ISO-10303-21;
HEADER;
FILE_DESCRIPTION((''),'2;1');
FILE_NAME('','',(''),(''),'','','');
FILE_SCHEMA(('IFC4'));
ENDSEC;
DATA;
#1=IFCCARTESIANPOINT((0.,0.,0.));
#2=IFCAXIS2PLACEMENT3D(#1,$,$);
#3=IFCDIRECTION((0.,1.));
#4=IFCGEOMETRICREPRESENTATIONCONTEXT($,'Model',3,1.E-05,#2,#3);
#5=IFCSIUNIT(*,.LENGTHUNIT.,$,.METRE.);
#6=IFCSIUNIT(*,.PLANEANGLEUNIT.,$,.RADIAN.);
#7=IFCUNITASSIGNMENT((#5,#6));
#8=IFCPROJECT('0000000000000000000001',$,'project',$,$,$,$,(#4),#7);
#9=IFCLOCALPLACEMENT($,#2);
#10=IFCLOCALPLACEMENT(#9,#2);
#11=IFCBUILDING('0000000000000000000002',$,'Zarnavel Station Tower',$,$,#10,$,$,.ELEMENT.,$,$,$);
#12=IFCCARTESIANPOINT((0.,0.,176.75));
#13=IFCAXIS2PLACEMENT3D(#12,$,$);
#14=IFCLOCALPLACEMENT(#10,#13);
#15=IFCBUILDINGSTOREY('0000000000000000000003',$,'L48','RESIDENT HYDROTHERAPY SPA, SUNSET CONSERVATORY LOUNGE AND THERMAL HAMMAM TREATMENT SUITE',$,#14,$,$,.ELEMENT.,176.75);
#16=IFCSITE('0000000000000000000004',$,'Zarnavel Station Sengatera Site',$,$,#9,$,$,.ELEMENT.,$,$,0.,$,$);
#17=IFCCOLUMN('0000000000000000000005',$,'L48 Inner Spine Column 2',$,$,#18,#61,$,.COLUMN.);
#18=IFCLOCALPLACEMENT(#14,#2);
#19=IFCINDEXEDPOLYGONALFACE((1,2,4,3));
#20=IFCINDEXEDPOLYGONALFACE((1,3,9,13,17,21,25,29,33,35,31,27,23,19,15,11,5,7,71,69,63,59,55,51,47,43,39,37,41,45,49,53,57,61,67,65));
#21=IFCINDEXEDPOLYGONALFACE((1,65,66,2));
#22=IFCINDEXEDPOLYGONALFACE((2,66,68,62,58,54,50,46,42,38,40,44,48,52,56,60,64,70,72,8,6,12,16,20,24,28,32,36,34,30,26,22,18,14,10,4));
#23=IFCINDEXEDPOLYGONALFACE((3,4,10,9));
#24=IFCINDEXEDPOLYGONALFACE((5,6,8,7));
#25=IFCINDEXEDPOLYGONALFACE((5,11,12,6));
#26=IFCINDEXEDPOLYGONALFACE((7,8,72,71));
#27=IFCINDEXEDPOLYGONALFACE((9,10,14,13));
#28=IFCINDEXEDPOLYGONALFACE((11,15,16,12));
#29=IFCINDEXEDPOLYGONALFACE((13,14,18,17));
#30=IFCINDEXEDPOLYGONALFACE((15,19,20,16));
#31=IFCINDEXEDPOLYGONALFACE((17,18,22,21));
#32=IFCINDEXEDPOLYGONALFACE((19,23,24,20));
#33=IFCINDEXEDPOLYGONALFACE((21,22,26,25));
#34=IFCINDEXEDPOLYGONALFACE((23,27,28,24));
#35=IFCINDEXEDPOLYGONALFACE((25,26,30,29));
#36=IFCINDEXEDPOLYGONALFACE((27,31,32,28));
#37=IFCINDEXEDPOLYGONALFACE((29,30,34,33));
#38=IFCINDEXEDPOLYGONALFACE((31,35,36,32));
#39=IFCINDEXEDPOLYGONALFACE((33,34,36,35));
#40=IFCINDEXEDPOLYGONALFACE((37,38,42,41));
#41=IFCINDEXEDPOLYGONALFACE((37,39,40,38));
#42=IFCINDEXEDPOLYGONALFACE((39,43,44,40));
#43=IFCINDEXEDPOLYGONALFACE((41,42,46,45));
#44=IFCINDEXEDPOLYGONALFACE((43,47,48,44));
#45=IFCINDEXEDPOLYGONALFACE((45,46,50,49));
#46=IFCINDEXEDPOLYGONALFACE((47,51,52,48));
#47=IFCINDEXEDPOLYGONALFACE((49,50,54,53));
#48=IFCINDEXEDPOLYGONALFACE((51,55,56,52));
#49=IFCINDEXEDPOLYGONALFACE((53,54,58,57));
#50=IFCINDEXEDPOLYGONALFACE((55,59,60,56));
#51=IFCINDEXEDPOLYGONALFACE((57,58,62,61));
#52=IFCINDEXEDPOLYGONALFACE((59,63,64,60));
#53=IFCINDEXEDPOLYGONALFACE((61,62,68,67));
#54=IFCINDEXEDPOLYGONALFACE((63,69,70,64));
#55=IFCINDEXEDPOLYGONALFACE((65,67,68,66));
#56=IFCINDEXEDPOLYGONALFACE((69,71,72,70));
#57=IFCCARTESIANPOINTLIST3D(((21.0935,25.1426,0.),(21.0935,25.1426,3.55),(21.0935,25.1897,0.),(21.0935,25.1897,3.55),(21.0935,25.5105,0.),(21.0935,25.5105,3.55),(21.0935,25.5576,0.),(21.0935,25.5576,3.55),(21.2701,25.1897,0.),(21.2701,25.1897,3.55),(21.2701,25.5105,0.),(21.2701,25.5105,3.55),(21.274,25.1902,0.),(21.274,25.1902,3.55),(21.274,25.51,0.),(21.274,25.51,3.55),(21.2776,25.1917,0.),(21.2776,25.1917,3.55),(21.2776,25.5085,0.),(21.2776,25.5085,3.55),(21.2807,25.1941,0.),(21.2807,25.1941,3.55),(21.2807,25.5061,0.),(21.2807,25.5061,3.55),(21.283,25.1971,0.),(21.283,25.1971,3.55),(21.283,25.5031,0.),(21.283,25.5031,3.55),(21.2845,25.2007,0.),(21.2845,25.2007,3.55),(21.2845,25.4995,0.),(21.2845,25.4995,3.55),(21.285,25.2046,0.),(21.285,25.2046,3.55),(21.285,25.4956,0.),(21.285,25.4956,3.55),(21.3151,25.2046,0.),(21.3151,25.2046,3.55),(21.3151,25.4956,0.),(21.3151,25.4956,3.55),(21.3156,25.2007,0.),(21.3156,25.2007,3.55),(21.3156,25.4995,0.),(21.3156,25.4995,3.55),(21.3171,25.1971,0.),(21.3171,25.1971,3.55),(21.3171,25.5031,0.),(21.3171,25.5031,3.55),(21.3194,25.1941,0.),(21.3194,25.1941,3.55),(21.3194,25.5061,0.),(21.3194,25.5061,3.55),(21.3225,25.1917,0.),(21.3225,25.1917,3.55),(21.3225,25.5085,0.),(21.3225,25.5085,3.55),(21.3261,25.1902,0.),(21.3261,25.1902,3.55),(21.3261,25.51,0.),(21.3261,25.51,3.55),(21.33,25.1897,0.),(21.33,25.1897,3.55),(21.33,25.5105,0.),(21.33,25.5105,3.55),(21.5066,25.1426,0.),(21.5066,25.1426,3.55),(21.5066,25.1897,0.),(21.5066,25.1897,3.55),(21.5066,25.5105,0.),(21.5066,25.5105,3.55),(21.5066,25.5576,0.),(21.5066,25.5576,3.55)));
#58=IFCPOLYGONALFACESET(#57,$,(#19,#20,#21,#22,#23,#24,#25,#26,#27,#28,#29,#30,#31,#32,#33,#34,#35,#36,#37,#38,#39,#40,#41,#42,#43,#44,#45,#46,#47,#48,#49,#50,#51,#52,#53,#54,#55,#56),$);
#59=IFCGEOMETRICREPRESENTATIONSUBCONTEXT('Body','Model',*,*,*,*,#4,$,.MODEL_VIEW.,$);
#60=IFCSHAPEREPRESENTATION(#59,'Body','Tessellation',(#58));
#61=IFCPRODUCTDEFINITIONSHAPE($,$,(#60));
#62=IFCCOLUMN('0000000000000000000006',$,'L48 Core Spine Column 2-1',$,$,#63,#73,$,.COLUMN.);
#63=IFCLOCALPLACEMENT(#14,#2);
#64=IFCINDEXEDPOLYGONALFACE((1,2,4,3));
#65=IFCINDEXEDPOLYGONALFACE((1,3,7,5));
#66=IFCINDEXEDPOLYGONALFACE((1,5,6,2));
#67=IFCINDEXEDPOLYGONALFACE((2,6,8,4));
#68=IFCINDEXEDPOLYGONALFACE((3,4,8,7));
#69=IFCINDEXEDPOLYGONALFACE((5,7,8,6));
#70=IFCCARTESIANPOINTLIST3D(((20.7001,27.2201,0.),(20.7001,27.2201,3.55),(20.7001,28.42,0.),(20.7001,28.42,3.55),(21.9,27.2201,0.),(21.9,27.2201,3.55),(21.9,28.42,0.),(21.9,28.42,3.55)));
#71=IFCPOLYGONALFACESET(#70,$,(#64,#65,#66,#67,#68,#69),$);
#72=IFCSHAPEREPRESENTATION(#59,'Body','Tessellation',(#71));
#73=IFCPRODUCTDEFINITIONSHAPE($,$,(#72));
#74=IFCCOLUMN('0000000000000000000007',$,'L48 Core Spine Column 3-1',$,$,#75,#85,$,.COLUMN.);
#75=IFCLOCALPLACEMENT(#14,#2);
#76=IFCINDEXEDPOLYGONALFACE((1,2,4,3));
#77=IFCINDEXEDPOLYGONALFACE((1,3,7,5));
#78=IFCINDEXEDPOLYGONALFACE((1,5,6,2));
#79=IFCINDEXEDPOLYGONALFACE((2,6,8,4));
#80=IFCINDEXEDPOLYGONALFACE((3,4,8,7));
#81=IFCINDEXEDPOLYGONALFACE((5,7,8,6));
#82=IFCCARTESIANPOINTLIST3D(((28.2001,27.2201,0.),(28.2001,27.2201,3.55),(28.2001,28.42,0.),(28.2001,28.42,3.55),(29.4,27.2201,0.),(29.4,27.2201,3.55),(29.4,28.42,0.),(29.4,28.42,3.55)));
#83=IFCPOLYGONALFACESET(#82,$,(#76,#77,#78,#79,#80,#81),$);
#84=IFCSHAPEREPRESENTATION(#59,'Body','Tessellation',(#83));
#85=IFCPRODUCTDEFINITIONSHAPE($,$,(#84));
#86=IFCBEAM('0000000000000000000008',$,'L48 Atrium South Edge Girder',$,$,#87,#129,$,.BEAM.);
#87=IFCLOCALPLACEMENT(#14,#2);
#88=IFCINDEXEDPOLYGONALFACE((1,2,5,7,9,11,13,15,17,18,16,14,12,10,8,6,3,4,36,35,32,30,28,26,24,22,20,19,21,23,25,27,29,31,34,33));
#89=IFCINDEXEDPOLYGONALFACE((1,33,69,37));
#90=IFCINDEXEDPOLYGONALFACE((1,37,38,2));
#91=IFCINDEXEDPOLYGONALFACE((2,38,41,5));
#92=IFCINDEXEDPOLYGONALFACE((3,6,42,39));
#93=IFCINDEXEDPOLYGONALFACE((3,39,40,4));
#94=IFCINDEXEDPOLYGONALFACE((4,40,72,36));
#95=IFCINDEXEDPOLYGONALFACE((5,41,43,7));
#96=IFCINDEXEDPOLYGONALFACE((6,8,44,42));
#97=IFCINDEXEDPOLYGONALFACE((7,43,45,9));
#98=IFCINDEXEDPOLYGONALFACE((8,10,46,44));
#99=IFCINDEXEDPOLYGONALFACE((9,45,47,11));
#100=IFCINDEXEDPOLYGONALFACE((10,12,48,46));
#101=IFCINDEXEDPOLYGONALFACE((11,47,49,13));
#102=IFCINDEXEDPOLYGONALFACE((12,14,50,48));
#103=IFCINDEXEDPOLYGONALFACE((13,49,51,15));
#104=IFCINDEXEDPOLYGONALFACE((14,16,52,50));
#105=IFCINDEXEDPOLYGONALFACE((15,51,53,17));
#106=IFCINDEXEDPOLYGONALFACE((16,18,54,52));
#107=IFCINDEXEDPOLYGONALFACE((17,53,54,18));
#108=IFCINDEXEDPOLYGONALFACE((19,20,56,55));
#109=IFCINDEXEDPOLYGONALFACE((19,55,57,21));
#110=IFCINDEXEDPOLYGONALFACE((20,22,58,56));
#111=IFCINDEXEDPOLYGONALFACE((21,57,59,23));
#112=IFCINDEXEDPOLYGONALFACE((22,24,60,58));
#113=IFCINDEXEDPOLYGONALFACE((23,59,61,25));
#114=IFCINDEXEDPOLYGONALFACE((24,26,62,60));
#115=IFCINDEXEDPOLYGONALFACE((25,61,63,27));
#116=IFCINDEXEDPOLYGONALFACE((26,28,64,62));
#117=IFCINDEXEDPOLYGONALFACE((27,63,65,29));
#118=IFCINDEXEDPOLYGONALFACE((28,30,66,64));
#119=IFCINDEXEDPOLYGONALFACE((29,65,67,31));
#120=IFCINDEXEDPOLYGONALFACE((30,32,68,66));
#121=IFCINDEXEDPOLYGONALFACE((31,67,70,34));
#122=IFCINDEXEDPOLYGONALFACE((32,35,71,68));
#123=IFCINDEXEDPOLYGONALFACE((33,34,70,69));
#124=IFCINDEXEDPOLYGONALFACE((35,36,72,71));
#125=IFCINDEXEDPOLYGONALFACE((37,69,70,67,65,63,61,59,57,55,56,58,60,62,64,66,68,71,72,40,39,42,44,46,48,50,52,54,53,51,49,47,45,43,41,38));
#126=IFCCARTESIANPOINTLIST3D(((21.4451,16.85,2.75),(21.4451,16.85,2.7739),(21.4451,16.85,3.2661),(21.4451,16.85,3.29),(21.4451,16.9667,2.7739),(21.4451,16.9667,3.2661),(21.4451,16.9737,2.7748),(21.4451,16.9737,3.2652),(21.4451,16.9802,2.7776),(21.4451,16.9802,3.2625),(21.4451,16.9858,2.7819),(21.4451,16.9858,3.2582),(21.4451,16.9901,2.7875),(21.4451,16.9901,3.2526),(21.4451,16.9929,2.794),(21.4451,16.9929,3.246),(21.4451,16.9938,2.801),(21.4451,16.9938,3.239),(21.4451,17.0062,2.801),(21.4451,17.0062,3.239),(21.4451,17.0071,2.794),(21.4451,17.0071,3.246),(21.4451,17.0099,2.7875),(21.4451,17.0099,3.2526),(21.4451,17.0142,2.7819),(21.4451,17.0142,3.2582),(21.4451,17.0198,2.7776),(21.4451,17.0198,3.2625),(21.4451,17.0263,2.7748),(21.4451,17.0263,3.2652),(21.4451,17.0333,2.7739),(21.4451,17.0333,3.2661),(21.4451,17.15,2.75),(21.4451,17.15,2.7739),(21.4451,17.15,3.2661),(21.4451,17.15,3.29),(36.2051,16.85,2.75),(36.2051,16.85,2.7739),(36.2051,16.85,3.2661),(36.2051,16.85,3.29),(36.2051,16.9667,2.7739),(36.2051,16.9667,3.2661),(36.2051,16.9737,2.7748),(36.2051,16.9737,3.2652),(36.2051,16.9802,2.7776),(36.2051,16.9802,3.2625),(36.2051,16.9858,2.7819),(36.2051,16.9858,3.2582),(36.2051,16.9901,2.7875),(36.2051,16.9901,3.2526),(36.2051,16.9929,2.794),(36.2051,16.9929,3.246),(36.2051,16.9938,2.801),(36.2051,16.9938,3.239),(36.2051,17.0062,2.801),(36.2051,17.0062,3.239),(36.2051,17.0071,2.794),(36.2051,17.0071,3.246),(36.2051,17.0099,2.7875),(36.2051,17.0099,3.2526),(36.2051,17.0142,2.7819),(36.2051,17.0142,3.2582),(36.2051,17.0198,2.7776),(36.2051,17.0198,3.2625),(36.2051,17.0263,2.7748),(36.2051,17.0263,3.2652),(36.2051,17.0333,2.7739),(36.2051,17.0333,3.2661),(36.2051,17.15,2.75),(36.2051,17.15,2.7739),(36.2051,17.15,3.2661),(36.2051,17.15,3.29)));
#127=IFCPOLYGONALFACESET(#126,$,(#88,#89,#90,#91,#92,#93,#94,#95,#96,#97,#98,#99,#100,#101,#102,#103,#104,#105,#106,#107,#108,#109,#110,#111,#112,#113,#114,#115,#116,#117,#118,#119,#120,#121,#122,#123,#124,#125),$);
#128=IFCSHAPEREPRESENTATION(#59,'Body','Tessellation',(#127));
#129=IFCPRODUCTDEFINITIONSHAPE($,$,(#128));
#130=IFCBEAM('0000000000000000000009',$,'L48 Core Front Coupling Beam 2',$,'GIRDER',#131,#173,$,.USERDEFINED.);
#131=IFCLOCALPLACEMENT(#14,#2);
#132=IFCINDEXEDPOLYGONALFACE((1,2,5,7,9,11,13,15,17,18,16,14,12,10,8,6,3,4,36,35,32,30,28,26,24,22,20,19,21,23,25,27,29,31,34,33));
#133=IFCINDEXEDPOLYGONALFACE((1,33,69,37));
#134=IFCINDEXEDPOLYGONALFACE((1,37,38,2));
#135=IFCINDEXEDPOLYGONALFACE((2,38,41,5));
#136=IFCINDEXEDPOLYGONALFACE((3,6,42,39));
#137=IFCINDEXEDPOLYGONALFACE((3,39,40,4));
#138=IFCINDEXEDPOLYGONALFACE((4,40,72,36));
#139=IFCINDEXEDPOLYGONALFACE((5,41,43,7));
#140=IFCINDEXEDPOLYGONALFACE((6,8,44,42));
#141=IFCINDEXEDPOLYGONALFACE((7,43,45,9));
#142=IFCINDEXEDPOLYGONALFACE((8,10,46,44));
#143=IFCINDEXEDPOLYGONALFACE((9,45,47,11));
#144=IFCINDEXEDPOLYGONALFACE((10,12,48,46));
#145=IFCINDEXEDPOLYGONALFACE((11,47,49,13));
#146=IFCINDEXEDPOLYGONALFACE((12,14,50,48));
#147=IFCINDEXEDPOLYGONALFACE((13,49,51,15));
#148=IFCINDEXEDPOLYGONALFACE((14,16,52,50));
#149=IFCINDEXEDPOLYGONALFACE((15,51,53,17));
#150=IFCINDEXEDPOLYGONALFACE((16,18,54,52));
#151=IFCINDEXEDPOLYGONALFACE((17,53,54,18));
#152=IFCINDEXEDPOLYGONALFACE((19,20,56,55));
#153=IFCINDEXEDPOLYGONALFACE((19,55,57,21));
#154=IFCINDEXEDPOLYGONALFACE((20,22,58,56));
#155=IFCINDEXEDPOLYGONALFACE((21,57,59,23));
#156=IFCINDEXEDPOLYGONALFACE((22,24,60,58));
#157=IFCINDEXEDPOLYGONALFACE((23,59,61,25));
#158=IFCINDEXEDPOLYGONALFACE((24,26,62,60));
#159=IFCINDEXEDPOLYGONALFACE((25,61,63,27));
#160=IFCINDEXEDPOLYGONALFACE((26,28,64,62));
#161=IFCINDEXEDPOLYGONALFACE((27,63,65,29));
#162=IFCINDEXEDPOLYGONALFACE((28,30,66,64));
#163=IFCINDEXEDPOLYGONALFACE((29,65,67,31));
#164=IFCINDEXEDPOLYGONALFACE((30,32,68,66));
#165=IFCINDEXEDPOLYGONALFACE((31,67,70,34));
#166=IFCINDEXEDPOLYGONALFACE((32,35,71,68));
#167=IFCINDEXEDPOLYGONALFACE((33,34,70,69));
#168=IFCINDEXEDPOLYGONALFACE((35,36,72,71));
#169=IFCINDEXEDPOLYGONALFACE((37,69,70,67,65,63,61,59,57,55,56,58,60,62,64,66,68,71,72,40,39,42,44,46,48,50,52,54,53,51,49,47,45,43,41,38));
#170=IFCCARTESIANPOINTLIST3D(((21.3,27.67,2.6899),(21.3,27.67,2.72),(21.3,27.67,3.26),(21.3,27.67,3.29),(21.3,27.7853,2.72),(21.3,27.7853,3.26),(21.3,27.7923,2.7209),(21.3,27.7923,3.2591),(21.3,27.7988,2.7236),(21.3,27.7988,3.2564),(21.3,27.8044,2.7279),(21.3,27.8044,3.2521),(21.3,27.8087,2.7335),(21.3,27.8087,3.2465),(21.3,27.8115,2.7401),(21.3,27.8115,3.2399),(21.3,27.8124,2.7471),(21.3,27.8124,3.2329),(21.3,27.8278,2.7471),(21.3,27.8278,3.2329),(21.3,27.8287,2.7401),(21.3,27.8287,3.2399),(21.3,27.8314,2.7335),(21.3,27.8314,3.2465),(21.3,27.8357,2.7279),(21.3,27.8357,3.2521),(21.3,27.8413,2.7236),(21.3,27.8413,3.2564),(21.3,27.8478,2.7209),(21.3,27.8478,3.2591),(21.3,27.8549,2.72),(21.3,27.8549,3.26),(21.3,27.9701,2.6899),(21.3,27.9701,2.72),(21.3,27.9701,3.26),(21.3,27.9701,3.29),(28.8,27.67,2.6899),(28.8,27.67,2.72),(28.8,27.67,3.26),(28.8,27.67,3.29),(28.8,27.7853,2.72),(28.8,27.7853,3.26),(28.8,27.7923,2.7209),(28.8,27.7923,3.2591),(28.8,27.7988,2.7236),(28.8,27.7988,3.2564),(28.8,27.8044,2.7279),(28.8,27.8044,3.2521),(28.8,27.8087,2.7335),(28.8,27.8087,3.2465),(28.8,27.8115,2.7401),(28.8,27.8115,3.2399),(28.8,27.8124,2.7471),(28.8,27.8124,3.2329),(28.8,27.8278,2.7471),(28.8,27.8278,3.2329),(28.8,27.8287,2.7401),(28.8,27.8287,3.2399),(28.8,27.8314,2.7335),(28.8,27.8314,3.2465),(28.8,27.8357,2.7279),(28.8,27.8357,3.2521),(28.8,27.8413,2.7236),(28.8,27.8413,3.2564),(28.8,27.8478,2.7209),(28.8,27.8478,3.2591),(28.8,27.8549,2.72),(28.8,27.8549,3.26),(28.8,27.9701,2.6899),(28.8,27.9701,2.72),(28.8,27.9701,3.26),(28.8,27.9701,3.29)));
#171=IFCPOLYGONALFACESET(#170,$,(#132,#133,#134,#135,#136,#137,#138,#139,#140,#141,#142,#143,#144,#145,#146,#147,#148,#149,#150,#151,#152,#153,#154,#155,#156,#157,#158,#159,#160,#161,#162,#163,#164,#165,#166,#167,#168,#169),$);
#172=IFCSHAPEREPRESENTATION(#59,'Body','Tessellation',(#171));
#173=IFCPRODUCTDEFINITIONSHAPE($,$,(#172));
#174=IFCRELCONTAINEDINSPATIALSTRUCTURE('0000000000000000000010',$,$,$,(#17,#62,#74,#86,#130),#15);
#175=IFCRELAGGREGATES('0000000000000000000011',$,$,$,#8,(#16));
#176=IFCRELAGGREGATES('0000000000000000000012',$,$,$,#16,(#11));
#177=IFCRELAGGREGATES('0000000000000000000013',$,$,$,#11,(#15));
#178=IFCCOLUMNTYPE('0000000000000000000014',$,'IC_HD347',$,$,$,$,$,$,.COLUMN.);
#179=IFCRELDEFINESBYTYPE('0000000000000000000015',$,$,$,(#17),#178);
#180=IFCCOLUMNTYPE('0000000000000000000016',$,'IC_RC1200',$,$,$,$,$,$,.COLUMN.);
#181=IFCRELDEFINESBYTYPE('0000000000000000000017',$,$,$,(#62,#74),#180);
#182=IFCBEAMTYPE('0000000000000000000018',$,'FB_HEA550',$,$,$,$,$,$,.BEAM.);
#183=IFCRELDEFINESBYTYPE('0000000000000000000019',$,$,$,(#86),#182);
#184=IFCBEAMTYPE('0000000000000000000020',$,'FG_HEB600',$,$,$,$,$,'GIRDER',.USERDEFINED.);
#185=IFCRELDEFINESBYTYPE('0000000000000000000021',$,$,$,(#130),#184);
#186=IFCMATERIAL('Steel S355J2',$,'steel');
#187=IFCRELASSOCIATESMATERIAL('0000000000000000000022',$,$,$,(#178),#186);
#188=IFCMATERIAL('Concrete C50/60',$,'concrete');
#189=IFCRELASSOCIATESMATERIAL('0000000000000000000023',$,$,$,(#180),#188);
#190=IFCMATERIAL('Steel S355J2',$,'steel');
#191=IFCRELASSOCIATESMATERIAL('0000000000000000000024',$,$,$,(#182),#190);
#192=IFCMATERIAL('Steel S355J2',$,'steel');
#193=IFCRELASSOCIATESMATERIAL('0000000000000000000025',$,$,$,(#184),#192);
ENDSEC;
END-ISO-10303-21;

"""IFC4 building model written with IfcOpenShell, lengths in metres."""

from ifc_helpers import new_model, si_unit, direction, frame, origin, origin_2d, place, context, subcontext, project, spatial, rectangle, i_section, extrude, material, material_profile, profile_set, type_object, element, save


model = new_model("IFC4")

# Units and contexts
model_context = context("Model", 3, precision=1e-05, world=origin(), true_north=direction((0.0, 1.0)))
body_context = subcontext(model_context, "Body", "Model", "MODEL_VIEW")
ifc_project = project(units=[si_unit("LENGTHUNIT", "METRE"), si_unit("PLANEANGLEUNIT", "RADIAN")], contexts=[model_context])

# Site, building, storey
site_placement = place(None, origin())
site = spatial("IfcSite", under=ifc_project, at=site_placement, Name="Zarnavel Station Sengatera Site", CompositionType="ELEMENT", RefElevation=0.0)
building_placement = place(site_placement, origin())
building = spatial("IfcBuilding", under=site, at=building_placement, Name="Zarnavel Station Tower", CompositionType="ELEMENT")
storey_placement = place(building_placement, frame((0.0, 0.0, 176.75)))
storey = spatial("IfcBuildingStorey", under=building, at=storey_placement, Name="L48", Description="RESIDENT HYDROTHERAPY SPA, SUNSET CONSERVATORY LOUNGE AND THERMAL HAMMAM TREATMENT SUITE", CompositionType="ELEMENT", Elevation=176.75)

# Columns
ifc_material_1 = material(Name="Steel S355J2", Category="steel")
ifc_material_profile_1 = material_profile(ifc_material_1, i_section(OverallWidth=0.4131, OverallDepth=0.415, WebThickness=0.03, FlangeThickness=0.0471, FilletRadius=0.0149, at=origin_2d()), Name="HD400x347")
ifc_profile_set_1 = profile_set([ifc_material_profile_1], Name="Steel S355J2")
column_type_1 = type_object("IfcColumnType", Name="IC_HD347", PredefinedType="COLUMN", material=ifc_profile_set_1)
column_placement = place(storey_placement, frame((21.3, 25.3501, 0.0), z_axis=(0.0, 0.0, 1.0), x_axis=(1.0, 0.0, 0.0)))
element("IfcColumn", 1, at=column_placement, inside=storey, type_object=column_type_1, Name="L48 Inner Spine Column 2", PredefinedType="COLUMN", context=body_context, shape_type="SweptSolid", body=[
    extrude(i_section(OverallWidth=0.4131, OverallDepth=0.415, WebThickness=0.03, FlangeThickness=0.0471, FilletRadius=0.0149, at=origin_2d()), origin(), (0.0, 0.0, 1.0), 3.55),
])
ifc_material_2 = material(Name="Concrete C50/60", Category="concrete")
ifc_material_profile_2 = material_profile(ifc_material_2, rectangle(XDim=1.2, YDim=1.2, at=origin_2d()), Name="RC1200x1200")
ifc_profile_set_2 = profile_set([ifc_material_profile_2], Name="Concrete C50/60")
column_type_2 = type_object("IfcColumnType", Name="IC_RC1200", PredefinedType="COLUMN", material=ifc_profile_set_2)
for number, where, z_axis, x_axis, name in (
    (2, (21.3, 27.8201, 0.0), (0.0, 0.0, 1.0), (1.0, 0.0, 0.0), "L48 Core Spine Column 2-1"),
    (3, (28.8, 27.8201, 0.0), (0.0, 0.0, 1.0), (1.0, 0.0, 0.0), "L48 Core Spine Column 3-1"),
):
    element("IfcColumn", number, at=place(storey_placement, frame(where, z_axis=z_axis, x_axis=x_axis)), inside=storey, type_object=column_type_2, Name=name, PredefinedType="COLUMN", context=body_context, shape_type="SweptSolid", body=[
        extrude(rectangle(XDim=1.2, YDim=1.2, at=origin_2d()), origin(), (0.0, 0.0, 1.0), 3.55),
    ])

# Beams
ifc_material_3 = material(Name="Steel S355J2", Category="steel")
ifc_material_profile_3 = material_profile(ifc_material_3, i_section(OverallWidth=0.3, OverallDepth=0.54, WebThickness=0.0125, FlangeThickness=0.0239, FilletRadius=0.0271, at=origin_2d()), Name="HEA550")
ifc_profile_set_3 = profile_set([ifc_material_profile_3], Name="Steel S355J2")
beam_type_1 = type_object("IfcBeamType", Name="FB_HEA550", PredefinedType="BEAM", material=ifc_profile_set_3)
beam_1_placement = place(storey_placement, frame((21.4451, 17.0, 3.02), z_axis=(1.0, 0.0, 0.0), x_axis=(0.0, 1.0, 0.0)))
element("IfcBeam", 4, at=beam_1_placement, inside=storey, type_object=beam_type_1, Name="L48 Atrium South Edge Girder", PredefinedType="BEAM", context=body_context, shape_type="SweptSolid", body=[
    extrude(i_section(OverallWidth=0.3, OverallDepth=0.54, WebThickness=0.0125, FlangeThickness=0.0239, FilletRadius=0.0271, at=origin_2d()), origin(), (0.0, 0.0, 1.0), 14.76),
])
ifc_material_4 = material(Name="Steel S355J2", Category="steel")
ifc_material_profile_4 = material_profile(ifc_material_4, i_section(OverallWidth=0.3, OverallDepth=0.6001, WebThickness=0.0154, FlangeThickness=0.03, FilletRadius=0.0271, at=origin_2d()), Name="HEB600")
ifc_profile_set_4 = profile_set([ifc_material_profile_4], Name="Steel S355J2")
beam_type_2 = type_object("IfcBeamType", Name="FG_HEB600", ElementType="GIRDER", PredefinedType="USERDEFINED", material=ifc_profile_set_4)
beam_2_placement = place(storey_placement, frame((21.3, 27.8201, 2.99), z_axis=(1.0, 0.0, 0.0), x_axis=(0.0, 1.0, 0.0)))
element("IfcBeam", 5, at=beam_2_placement, inside=storey, type_object=beam_type_2, Name="L48 Core Front Coupling Beam 2", ObjectType="GIRDER", PredefinedType="USERDEFINED", context=body_context, shape_type="SweptSolid", body=[
    extrude(i_section(OverallWidth=0.3, OverallDepth=0.6001, WebThickness=0.0154, FlangeThickness=0.03, FilletRadius=0.0271, at=origin_2d()), origin(), (0.0, 0.0, 1.0), 7.5),
])

save(model, "model.ifc")
